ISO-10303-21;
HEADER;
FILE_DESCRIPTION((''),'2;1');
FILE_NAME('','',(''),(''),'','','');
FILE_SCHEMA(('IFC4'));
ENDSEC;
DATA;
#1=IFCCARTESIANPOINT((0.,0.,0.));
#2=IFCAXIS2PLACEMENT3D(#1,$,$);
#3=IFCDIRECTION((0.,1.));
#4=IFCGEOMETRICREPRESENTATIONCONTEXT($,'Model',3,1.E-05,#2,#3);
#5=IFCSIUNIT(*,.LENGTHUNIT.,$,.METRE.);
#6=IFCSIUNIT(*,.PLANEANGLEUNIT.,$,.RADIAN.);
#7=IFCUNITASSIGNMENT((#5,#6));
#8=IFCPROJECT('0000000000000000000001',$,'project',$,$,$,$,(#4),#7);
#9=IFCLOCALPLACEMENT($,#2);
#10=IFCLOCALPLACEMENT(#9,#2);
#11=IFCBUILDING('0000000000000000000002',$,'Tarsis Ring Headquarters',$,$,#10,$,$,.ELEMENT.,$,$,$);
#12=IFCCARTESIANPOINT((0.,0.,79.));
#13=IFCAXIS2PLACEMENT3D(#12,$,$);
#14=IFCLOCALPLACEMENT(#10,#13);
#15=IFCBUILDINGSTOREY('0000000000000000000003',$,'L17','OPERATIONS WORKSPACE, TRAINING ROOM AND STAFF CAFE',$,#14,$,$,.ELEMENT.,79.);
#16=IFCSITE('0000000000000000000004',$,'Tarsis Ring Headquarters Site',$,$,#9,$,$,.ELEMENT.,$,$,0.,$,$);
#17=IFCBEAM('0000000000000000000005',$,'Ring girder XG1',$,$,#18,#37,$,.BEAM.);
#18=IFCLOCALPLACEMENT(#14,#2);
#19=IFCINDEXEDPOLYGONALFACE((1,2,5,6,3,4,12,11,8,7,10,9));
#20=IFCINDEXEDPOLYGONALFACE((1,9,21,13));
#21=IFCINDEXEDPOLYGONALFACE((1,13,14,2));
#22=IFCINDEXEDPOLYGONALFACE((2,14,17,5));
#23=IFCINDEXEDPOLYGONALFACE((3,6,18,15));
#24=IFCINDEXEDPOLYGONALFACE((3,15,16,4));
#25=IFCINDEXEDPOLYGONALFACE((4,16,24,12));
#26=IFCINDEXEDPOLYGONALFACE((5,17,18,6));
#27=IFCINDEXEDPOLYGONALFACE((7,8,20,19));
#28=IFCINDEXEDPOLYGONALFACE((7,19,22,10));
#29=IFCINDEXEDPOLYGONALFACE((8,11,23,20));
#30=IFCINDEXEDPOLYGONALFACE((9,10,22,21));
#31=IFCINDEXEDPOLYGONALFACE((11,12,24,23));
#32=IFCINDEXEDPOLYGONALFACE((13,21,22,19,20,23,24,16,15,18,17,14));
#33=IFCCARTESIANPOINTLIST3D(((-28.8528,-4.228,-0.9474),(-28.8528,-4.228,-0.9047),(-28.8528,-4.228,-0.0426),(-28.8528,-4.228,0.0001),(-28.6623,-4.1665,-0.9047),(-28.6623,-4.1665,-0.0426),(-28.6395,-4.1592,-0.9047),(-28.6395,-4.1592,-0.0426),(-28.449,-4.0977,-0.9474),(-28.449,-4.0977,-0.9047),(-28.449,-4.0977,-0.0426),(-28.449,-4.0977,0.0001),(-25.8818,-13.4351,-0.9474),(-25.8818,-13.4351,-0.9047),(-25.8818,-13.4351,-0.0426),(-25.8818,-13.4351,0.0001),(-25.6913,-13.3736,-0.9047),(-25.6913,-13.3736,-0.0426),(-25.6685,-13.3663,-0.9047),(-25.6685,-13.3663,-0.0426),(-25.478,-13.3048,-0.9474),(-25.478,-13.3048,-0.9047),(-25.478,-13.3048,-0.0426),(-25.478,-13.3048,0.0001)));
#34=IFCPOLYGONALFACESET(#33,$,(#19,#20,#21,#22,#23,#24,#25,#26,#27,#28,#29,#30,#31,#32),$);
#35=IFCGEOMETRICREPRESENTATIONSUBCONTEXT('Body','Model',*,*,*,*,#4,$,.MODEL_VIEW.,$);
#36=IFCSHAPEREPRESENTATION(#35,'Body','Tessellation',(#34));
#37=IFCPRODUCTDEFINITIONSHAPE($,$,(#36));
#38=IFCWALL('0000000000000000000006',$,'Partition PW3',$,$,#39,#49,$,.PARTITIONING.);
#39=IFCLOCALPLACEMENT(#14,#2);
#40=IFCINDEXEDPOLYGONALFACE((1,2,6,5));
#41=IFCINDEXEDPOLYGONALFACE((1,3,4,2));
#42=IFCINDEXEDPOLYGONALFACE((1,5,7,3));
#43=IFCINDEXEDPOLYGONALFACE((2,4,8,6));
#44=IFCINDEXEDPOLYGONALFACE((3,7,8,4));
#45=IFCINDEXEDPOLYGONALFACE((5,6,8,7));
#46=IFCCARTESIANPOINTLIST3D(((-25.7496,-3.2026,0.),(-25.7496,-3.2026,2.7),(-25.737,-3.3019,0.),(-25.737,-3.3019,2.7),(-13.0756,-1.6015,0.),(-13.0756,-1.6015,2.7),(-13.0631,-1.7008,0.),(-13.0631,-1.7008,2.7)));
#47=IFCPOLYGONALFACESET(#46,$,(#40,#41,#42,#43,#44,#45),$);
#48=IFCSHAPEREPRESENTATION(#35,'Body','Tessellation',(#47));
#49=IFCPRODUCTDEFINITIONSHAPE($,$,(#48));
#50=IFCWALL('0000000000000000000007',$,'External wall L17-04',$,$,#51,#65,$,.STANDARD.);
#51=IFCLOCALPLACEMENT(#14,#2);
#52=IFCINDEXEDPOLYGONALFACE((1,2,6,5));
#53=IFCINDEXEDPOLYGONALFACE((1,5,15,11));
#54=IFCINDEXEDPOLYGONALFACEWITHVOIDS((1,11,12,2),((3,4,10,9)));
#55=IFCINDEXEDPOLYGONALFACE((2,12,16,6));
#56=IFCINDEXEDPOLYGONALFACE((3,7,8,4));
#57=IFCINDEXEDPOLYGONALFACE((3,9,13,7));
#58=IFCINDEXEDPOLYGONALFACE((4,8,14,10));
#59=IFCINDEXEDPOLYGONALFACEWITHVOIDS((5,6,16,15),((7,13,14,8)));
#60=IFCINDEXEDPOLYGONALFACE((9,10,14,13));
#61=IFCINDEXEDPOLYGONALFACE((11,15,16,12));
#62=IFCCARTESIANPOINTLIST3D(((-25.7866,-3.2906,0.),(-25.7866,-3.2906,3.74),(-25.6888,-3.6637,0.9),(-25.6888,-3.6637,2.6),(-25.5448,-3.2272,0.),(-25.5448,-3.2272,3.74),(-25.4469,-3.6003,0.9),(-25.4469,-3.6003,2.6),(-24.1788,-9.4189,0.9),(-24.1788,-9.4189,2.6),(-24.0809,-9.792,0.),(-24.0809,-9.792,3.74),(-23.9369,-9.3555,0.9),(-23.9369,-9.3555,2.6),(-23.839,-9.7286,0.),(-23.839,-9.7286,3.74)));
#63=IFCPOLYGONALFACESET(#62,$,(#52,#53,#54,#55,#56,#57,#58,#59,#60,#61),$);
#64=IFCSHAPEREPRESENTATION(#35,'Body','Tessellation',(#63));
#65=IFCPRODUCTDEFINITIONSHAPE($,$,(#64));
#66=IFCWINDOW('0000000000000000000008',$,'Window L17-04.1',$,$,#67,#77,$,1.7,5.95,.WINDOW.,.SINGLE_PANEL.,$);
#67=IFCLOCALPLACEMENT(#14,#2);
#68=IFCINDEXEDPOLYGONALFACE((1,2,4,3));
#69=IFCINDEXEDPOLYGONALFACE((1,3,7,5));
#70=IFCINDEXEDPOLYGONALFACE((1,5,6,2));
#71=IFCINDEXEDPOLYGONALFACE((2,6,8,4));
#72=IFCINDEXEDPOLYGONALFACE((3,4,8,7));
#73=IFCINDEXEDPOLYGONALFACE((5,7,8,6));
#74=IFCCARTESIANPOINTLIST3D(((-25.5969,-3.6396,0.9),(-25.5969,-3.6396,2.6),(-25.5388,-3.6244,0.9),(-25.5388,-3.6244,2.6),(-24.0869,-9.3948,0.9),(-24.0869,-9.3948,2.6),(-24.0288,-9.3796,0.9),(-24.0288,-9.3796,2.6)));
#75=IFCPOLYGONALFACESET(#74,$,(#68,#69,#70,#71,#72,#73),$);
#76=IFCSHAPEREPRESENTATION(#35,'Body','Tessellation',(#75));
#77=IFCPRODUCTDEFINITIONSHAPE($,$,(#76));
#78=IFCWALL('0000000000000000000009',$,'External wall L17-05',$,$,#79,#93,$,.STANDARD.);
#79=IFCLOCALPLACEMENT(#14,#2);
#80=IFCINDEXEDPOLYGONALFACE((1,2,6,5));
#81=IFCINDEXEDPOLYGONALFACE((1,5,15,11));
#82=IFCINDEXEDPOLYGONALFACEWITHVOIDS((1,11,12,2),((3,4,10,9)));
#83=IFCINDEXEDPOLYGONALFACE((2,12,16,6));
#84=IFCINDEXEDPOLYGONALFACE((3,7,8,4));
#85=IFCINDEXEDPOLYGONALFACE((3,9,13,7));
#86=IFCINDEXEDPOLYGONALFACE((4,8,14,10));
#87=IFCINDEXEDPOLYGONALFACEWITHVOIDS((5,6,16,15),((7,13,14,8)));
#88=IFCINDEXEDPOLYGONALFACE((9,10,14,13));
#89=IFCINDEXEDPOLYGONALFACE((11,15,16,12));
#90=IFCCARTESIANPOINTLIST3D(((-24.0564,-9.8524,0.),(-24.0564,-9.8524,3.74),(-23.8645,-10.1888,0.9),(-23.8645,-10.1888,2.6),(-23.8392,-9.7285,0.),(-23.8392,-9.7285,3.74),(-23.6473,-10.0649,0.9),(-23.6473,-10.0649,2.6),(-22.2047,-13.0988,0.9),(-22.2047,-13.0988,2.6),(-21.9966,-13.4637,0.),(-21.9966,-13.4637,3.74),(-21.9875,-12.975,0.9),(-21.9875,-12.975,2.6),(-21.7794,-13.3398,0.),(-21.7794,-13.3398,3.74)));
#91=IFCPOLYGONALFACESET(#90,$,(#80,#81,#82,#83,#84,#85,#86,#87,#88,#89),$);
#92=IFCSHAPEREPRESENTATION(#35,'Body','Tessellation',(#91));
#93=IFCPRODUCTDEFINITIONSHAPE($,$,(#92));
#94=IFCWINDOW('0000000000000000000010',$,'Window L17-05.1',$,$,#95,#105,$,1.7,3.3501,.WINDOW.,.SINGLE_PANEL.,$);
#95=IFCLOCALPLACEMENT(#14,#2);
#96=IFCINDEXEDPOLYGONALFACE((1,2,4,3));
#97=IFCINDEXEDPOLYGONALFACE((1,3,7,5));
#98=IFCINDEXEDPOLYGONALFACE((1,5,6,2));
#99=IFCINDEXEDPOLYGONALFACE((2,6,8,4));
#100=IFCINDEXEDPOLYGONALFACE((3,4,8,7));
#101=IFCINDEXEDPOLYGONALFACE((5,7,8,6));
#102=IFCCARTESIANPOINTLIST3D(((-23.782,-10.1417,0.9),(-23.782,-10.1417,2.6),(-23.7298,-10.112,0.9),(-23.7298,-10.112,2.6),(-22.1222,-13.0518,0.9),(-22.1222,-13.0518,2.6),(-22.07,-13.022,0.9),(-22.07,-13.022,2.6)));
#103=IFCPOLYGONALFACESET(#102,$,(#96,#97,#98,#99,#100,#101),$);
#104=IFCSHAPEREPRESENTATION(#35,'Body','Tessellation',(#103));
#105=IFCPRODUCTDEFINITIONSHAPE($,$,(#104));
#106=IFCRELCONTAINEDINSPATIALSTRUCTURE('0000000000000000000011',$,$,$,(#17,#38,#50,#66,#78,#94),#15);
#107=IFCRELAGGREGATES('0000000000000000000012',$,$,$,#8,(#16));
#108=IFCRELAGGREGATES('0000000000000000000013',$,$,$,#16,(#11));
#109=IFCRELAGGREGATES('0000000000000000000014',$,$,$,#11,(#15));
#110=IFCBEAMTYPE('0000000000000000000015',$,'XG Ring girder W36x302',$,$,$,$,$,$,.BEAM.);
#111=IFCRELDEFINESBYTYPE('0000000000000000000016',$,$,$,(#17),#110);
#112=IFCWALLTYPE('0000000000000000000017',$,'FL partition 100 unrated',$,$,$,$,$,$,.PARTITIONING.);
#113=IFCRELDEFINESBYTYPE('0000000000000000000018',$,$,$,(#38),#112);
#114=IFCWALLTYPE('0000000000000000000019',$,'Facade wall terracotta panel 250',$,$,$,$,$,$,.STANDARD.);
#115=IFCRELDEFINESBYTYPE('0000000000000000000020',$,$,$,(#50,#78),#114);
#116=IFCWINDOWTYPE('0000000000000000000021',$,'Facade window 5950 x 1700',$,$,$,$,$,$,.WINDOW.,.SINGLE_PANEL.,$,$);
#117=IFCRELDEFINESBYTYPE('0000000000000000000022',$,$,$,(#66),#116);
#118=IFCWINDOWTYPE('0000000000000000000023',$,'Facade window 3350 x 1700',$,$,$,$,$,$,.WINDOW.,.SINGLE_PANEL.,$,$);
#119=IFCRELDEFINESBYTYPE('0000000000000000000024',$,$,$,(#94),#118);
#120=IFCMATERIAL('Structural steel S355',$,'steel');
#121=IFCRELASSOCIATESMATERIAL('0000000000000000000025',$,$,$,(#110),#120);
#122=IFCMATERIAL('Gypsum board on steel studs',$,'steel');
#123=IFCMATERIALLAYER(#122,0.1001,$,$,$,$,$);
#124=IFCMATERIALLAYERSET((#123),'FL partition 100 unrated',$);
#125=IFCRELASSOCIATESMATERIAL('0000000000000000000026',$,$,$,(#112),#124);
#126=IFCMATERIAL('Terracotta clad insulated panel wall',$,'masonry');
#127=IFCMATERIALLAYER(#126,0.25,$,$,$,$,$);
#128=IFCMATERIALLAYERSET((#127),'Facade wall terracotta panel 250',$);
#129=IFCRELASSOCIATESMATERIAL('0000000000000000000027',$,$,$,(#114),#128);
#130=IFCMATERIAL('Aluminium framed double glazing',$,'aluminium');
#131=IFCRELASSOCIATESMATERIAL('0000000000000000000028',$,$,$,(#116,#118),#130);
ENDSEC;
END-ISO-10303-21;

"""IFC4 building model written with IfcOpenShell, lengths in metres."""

from ifc_helpers import new_model, si_unit, direction, frame, frame_2d, origin, origin_2d, place, context, subcontext, project, spatial, rectangle, i_section, extrude, material, layer, layer_set, material_profile, profile_set, type_object, element, fill, save


model = new_model("IFC4")

# Units and contexts
model_context = context("Model", 3, precision=1e-05, world=origin(), true_north=direction((0.0, 1.0)))
body_context = subcontext(model_context, "Body", "Model", "MODEL_VIEW")
ifc_project = project(units=[si_unit("LENGTHUNIT", "METRE"), si_unit("PLANEANGLEUNIT", "RADIAN")], contexts=[model_context])

# Site, building, storey
site_placement = place(None, origin())
site = spatial("IfcSite", under=ifc_project, at=site_placement, Name="Tarsis Ring Headquarters Site", CompositionType="ELEMENT", RefElevation=0.0)
building_placement = place(site_placement, origin())
building = spatial("IfcBuilding", under=site, at=building_placement, Name="Tarsis Ring Headquarters", CompositionType="ELEMENT")
storey_placement = place(building_placement, frame((0.0, 0.0, 79.0)))
storey = spatial("IfcBuildingStorey", under=building, at=storey_placement, Name="L17", Description="OPERATIONS WORKSPACE, TRAINING ROOM AND STAFF CAFE", CompositionType="ELEMENT", Elevation=79.0)

# Beam
ifc_material_1 = material(Name="Structural steel S355", Category="steel")
ifc_material_profile_1 = material_profile(ifc_material_1, i_section(OverallWidth=0.4243, OverallDepth=0.9475, WebThickness=0.0239, FlangeThickness=0.0427, at=origin_2d()), Name="W36x302")
ifc_profile_set_1 = profile_set([ifc_material_profile_1], Name="Structural steel S355")
beam_type_1 = type_object("IfcBeamType", Name="XG Ring girder W36x302", PredefinedType="BEAM", material=ifc_profile_set_1)
beam_1_placement = place(storey_placement, frame((-28.6509, -4.1628, -0.4736), z_axis=(0.307091, -0.95168, 0.0), x_axis=(0.95168, 0.307091, 0.0)))
element("IfcBeam", 1, at=beam_1_placement, inside=storey, type_object=beam_type_1, Name="Ring girder XG1", PredefinedType="BEAM", context=body_context, shape_type="SweptSolid", body=[
    extrude(i_section(OverallWidth=0.4243, OverallDepth=0.9475, WebThickness=0.0239, FlangeThickness=0.0427, at=origin_2d()), origin(), (0.0, 0.0, 1.0), 9.6746),
])

# Wall
ifc_material_2 = material(Name="Gypsum board on steel studs", Category="steel")
ifc_layer_1 = layer(ifc_material_2, 0.1001)
ifc_layer_set_1 = layer_set([ifc_layer_1], Name="FL partition 100 unrated")
wall_type_1 = type_object("IfcWallType", Name="FL partition 100 unrated", PredefinedType="PARTITIONING", material=ifc_layer_set_1)
wall_1_placement = place(storey_placement, frame((-25.7432, -3.2522, 0.0), z_axis=(0.0, 0.0, 1.0), x_axis=(0.992115, 0.125333, 0.0)))
element("IfcWall", 2, at=wall_1_placement, inside=storey, type_object=wall_type_1, Name="Partition PW3", PredefinedType="PARTITIONING", context=body_context, shape_type="SweptSolid", body=[
    extrude(rectangle(XDim=12.7747, YDim=0.1001, at=frame_2d((6.3872, 0.0))), origin(), (0.0, 0.0, 1.0), 2.7),
])

# Walls, openings, windows
ifc_material_3 = material(Name="Terracotta clad insulated panel wall", Category="masonry")
ifc_layer_2 = layer(ifc_material_3, 0.25)
ifc_layer_set_2 = layer_set([ifc_layer_2], Name="Facade wall terracotta panel 250")
wall_type_2 = type_object("IfcWallType", Name="Facade wall terracotta panel 250", PredefinedType="STANDARD", material=ifc_layer_set_2)
wall_2_placement = place(storey_placement, frame((-25.6658, -3.2588, 0.0), z_axis=(0.0, 0.0, 1.0), x_axis=(0.253783, -0.967261, 0.0)))
wall_2 = element("IfcWall", 3, at=wall_2_placement, inside=storey, type_object=wall_type_2, Name="External wall L17-04", PredefinedType="STANDARD", context=body_context, shape_type="SweptSolid", body=[
    extrude(rectangle(XDim=6.7214, YDim=0.25, at=frame_2d((3.3608, 0.0))), origin(), (0.0, 0.0, 1.0), 3.74),
])
opening_1_placement = place(wall_2_placement, frame((0.3857, 0.0, 0.8999)))
opening_1 = element("IfcOpeningElement", 4, at=opening_1_placement, cuts=wall_2, PredefinedType="OPENING", context=body_context, shape_type="SweptSolid", body=[
    extrude(rectangle(XDim=5.95, YDim=1.7, at=frame_2d((2.9751, 0.8501))), frame((0.0, 0.135, 0.0), z_axis=(0.0, -1.0, 0.0), x_axis=(1.0, 0.0, 0.0)), (0.0, 0.0, 1.0), 0.27),
])
ifc_material_4 = material(Name="Aluminium framed double glazing", Category="aluminium")
window_type_1 = type_object("IfcWindowType", Name="Facade window 5950 x 1700", PartitioningType="SINGLE_PANEL", PredefinedType="WINDOW", material=ifc_material_4)
window_1_placement = place(opening_1_placement, origin())
window_1 = element("IfcWindow", 5, at=window_1_placement, inside=storey, type_object=window_type_1, Name="Window L17-04.1", OverallHeight=1.7, OverallWidth=5.95, PartitioningType="SINGLE_PANEL", PredefinedType="WINDOW", context=body_context, shape_type="SweptSolid", body=[
    extrude(rectangle(XDim=5.95, YDim=1.7, at=frame_2d((2.9751, 0.8501))), frame((0.0, 0.03, 0.0), z_axis=(0.0, -1.0, 0.0), x_axis=(1.0, 0.0, 0.0)), (0.0, 0.0, 1.0), 0.0601),
])
fill(opening_1, window_1)
wall_3_placement = place(storey_placement, frame((-23.9478, -9.7905, 0.0), z_axis=(0.0, 0.0, 1.0), x_axis=(0.495449, -0.868637, 0.0)))
wall_3 = element("IfcWall", 6, at=wall_3_placement, inside=storey, type_object=wall_type_2, Name="External wall L17-05", PredefinedType="STANDARD", context=body_context, shape_type="SweptSolid", body=[
    extrude(rectangle(XDim=4.1575, YDim=0.25, at=frame_2d((2.0786, 0.0))), origin(), (0.0, 0.0, 1.0), 3.74),
])
opening_2_placement = place(wall_3_placement, frame((0.3872, 0.0, 0.8999)))
opening_2 = element("IfcOpeningElement", 7, at=opening_2_placement, cuts=wall_3, PredefinedType="OPENING", context=body_context, shape_type="SweptSolid", body=[
    extrude(rectangle(XDim=3.3501, YDim=1.7, at=frame_2d((1.675, 0.8501))), frame((0.0, 0.135, 0.0), z_axis=(0.0, -1.0, 0.0), x_axis=(1.0, 0.0, 0.0)), (0.0, 0.0, 1.0), 0.27),
])
window_type_2 = type_object("IfcWindowType", Name="Facade window 3350 x 1700", PartitioningType="SINGLE_PANEL", PredefinedType="WINDOW", material=ifc_material_4)
window_2_placement = place(opening_2_placement, origin())
window_2 = element("IfcWindow", 8, at=window_2_placement, inside=storey, type_object=window_type_2, Name="Window L17-05.1", OverallHeight=1.7, OverallWidth=3.3501, PartitioningType="SINGLE_PANEL", PredefinedType="WINDOW", context=body_context, shape_type="SweptSolid", body=[
    extrude(rectangle(XDim=3.3501, YDim=1.7, at=frame_2d((1.675, 0.8501))), frame((0.0, 0.03, 0.0), z_axis=(0.0, -1.0, 0.0), x_axis=(1.0, 0.0, 0.0)), (0.0, 0.0, 1.0), 0.0601),
])
fill(opening_2, window_2)

save(model, "model.ifc")
